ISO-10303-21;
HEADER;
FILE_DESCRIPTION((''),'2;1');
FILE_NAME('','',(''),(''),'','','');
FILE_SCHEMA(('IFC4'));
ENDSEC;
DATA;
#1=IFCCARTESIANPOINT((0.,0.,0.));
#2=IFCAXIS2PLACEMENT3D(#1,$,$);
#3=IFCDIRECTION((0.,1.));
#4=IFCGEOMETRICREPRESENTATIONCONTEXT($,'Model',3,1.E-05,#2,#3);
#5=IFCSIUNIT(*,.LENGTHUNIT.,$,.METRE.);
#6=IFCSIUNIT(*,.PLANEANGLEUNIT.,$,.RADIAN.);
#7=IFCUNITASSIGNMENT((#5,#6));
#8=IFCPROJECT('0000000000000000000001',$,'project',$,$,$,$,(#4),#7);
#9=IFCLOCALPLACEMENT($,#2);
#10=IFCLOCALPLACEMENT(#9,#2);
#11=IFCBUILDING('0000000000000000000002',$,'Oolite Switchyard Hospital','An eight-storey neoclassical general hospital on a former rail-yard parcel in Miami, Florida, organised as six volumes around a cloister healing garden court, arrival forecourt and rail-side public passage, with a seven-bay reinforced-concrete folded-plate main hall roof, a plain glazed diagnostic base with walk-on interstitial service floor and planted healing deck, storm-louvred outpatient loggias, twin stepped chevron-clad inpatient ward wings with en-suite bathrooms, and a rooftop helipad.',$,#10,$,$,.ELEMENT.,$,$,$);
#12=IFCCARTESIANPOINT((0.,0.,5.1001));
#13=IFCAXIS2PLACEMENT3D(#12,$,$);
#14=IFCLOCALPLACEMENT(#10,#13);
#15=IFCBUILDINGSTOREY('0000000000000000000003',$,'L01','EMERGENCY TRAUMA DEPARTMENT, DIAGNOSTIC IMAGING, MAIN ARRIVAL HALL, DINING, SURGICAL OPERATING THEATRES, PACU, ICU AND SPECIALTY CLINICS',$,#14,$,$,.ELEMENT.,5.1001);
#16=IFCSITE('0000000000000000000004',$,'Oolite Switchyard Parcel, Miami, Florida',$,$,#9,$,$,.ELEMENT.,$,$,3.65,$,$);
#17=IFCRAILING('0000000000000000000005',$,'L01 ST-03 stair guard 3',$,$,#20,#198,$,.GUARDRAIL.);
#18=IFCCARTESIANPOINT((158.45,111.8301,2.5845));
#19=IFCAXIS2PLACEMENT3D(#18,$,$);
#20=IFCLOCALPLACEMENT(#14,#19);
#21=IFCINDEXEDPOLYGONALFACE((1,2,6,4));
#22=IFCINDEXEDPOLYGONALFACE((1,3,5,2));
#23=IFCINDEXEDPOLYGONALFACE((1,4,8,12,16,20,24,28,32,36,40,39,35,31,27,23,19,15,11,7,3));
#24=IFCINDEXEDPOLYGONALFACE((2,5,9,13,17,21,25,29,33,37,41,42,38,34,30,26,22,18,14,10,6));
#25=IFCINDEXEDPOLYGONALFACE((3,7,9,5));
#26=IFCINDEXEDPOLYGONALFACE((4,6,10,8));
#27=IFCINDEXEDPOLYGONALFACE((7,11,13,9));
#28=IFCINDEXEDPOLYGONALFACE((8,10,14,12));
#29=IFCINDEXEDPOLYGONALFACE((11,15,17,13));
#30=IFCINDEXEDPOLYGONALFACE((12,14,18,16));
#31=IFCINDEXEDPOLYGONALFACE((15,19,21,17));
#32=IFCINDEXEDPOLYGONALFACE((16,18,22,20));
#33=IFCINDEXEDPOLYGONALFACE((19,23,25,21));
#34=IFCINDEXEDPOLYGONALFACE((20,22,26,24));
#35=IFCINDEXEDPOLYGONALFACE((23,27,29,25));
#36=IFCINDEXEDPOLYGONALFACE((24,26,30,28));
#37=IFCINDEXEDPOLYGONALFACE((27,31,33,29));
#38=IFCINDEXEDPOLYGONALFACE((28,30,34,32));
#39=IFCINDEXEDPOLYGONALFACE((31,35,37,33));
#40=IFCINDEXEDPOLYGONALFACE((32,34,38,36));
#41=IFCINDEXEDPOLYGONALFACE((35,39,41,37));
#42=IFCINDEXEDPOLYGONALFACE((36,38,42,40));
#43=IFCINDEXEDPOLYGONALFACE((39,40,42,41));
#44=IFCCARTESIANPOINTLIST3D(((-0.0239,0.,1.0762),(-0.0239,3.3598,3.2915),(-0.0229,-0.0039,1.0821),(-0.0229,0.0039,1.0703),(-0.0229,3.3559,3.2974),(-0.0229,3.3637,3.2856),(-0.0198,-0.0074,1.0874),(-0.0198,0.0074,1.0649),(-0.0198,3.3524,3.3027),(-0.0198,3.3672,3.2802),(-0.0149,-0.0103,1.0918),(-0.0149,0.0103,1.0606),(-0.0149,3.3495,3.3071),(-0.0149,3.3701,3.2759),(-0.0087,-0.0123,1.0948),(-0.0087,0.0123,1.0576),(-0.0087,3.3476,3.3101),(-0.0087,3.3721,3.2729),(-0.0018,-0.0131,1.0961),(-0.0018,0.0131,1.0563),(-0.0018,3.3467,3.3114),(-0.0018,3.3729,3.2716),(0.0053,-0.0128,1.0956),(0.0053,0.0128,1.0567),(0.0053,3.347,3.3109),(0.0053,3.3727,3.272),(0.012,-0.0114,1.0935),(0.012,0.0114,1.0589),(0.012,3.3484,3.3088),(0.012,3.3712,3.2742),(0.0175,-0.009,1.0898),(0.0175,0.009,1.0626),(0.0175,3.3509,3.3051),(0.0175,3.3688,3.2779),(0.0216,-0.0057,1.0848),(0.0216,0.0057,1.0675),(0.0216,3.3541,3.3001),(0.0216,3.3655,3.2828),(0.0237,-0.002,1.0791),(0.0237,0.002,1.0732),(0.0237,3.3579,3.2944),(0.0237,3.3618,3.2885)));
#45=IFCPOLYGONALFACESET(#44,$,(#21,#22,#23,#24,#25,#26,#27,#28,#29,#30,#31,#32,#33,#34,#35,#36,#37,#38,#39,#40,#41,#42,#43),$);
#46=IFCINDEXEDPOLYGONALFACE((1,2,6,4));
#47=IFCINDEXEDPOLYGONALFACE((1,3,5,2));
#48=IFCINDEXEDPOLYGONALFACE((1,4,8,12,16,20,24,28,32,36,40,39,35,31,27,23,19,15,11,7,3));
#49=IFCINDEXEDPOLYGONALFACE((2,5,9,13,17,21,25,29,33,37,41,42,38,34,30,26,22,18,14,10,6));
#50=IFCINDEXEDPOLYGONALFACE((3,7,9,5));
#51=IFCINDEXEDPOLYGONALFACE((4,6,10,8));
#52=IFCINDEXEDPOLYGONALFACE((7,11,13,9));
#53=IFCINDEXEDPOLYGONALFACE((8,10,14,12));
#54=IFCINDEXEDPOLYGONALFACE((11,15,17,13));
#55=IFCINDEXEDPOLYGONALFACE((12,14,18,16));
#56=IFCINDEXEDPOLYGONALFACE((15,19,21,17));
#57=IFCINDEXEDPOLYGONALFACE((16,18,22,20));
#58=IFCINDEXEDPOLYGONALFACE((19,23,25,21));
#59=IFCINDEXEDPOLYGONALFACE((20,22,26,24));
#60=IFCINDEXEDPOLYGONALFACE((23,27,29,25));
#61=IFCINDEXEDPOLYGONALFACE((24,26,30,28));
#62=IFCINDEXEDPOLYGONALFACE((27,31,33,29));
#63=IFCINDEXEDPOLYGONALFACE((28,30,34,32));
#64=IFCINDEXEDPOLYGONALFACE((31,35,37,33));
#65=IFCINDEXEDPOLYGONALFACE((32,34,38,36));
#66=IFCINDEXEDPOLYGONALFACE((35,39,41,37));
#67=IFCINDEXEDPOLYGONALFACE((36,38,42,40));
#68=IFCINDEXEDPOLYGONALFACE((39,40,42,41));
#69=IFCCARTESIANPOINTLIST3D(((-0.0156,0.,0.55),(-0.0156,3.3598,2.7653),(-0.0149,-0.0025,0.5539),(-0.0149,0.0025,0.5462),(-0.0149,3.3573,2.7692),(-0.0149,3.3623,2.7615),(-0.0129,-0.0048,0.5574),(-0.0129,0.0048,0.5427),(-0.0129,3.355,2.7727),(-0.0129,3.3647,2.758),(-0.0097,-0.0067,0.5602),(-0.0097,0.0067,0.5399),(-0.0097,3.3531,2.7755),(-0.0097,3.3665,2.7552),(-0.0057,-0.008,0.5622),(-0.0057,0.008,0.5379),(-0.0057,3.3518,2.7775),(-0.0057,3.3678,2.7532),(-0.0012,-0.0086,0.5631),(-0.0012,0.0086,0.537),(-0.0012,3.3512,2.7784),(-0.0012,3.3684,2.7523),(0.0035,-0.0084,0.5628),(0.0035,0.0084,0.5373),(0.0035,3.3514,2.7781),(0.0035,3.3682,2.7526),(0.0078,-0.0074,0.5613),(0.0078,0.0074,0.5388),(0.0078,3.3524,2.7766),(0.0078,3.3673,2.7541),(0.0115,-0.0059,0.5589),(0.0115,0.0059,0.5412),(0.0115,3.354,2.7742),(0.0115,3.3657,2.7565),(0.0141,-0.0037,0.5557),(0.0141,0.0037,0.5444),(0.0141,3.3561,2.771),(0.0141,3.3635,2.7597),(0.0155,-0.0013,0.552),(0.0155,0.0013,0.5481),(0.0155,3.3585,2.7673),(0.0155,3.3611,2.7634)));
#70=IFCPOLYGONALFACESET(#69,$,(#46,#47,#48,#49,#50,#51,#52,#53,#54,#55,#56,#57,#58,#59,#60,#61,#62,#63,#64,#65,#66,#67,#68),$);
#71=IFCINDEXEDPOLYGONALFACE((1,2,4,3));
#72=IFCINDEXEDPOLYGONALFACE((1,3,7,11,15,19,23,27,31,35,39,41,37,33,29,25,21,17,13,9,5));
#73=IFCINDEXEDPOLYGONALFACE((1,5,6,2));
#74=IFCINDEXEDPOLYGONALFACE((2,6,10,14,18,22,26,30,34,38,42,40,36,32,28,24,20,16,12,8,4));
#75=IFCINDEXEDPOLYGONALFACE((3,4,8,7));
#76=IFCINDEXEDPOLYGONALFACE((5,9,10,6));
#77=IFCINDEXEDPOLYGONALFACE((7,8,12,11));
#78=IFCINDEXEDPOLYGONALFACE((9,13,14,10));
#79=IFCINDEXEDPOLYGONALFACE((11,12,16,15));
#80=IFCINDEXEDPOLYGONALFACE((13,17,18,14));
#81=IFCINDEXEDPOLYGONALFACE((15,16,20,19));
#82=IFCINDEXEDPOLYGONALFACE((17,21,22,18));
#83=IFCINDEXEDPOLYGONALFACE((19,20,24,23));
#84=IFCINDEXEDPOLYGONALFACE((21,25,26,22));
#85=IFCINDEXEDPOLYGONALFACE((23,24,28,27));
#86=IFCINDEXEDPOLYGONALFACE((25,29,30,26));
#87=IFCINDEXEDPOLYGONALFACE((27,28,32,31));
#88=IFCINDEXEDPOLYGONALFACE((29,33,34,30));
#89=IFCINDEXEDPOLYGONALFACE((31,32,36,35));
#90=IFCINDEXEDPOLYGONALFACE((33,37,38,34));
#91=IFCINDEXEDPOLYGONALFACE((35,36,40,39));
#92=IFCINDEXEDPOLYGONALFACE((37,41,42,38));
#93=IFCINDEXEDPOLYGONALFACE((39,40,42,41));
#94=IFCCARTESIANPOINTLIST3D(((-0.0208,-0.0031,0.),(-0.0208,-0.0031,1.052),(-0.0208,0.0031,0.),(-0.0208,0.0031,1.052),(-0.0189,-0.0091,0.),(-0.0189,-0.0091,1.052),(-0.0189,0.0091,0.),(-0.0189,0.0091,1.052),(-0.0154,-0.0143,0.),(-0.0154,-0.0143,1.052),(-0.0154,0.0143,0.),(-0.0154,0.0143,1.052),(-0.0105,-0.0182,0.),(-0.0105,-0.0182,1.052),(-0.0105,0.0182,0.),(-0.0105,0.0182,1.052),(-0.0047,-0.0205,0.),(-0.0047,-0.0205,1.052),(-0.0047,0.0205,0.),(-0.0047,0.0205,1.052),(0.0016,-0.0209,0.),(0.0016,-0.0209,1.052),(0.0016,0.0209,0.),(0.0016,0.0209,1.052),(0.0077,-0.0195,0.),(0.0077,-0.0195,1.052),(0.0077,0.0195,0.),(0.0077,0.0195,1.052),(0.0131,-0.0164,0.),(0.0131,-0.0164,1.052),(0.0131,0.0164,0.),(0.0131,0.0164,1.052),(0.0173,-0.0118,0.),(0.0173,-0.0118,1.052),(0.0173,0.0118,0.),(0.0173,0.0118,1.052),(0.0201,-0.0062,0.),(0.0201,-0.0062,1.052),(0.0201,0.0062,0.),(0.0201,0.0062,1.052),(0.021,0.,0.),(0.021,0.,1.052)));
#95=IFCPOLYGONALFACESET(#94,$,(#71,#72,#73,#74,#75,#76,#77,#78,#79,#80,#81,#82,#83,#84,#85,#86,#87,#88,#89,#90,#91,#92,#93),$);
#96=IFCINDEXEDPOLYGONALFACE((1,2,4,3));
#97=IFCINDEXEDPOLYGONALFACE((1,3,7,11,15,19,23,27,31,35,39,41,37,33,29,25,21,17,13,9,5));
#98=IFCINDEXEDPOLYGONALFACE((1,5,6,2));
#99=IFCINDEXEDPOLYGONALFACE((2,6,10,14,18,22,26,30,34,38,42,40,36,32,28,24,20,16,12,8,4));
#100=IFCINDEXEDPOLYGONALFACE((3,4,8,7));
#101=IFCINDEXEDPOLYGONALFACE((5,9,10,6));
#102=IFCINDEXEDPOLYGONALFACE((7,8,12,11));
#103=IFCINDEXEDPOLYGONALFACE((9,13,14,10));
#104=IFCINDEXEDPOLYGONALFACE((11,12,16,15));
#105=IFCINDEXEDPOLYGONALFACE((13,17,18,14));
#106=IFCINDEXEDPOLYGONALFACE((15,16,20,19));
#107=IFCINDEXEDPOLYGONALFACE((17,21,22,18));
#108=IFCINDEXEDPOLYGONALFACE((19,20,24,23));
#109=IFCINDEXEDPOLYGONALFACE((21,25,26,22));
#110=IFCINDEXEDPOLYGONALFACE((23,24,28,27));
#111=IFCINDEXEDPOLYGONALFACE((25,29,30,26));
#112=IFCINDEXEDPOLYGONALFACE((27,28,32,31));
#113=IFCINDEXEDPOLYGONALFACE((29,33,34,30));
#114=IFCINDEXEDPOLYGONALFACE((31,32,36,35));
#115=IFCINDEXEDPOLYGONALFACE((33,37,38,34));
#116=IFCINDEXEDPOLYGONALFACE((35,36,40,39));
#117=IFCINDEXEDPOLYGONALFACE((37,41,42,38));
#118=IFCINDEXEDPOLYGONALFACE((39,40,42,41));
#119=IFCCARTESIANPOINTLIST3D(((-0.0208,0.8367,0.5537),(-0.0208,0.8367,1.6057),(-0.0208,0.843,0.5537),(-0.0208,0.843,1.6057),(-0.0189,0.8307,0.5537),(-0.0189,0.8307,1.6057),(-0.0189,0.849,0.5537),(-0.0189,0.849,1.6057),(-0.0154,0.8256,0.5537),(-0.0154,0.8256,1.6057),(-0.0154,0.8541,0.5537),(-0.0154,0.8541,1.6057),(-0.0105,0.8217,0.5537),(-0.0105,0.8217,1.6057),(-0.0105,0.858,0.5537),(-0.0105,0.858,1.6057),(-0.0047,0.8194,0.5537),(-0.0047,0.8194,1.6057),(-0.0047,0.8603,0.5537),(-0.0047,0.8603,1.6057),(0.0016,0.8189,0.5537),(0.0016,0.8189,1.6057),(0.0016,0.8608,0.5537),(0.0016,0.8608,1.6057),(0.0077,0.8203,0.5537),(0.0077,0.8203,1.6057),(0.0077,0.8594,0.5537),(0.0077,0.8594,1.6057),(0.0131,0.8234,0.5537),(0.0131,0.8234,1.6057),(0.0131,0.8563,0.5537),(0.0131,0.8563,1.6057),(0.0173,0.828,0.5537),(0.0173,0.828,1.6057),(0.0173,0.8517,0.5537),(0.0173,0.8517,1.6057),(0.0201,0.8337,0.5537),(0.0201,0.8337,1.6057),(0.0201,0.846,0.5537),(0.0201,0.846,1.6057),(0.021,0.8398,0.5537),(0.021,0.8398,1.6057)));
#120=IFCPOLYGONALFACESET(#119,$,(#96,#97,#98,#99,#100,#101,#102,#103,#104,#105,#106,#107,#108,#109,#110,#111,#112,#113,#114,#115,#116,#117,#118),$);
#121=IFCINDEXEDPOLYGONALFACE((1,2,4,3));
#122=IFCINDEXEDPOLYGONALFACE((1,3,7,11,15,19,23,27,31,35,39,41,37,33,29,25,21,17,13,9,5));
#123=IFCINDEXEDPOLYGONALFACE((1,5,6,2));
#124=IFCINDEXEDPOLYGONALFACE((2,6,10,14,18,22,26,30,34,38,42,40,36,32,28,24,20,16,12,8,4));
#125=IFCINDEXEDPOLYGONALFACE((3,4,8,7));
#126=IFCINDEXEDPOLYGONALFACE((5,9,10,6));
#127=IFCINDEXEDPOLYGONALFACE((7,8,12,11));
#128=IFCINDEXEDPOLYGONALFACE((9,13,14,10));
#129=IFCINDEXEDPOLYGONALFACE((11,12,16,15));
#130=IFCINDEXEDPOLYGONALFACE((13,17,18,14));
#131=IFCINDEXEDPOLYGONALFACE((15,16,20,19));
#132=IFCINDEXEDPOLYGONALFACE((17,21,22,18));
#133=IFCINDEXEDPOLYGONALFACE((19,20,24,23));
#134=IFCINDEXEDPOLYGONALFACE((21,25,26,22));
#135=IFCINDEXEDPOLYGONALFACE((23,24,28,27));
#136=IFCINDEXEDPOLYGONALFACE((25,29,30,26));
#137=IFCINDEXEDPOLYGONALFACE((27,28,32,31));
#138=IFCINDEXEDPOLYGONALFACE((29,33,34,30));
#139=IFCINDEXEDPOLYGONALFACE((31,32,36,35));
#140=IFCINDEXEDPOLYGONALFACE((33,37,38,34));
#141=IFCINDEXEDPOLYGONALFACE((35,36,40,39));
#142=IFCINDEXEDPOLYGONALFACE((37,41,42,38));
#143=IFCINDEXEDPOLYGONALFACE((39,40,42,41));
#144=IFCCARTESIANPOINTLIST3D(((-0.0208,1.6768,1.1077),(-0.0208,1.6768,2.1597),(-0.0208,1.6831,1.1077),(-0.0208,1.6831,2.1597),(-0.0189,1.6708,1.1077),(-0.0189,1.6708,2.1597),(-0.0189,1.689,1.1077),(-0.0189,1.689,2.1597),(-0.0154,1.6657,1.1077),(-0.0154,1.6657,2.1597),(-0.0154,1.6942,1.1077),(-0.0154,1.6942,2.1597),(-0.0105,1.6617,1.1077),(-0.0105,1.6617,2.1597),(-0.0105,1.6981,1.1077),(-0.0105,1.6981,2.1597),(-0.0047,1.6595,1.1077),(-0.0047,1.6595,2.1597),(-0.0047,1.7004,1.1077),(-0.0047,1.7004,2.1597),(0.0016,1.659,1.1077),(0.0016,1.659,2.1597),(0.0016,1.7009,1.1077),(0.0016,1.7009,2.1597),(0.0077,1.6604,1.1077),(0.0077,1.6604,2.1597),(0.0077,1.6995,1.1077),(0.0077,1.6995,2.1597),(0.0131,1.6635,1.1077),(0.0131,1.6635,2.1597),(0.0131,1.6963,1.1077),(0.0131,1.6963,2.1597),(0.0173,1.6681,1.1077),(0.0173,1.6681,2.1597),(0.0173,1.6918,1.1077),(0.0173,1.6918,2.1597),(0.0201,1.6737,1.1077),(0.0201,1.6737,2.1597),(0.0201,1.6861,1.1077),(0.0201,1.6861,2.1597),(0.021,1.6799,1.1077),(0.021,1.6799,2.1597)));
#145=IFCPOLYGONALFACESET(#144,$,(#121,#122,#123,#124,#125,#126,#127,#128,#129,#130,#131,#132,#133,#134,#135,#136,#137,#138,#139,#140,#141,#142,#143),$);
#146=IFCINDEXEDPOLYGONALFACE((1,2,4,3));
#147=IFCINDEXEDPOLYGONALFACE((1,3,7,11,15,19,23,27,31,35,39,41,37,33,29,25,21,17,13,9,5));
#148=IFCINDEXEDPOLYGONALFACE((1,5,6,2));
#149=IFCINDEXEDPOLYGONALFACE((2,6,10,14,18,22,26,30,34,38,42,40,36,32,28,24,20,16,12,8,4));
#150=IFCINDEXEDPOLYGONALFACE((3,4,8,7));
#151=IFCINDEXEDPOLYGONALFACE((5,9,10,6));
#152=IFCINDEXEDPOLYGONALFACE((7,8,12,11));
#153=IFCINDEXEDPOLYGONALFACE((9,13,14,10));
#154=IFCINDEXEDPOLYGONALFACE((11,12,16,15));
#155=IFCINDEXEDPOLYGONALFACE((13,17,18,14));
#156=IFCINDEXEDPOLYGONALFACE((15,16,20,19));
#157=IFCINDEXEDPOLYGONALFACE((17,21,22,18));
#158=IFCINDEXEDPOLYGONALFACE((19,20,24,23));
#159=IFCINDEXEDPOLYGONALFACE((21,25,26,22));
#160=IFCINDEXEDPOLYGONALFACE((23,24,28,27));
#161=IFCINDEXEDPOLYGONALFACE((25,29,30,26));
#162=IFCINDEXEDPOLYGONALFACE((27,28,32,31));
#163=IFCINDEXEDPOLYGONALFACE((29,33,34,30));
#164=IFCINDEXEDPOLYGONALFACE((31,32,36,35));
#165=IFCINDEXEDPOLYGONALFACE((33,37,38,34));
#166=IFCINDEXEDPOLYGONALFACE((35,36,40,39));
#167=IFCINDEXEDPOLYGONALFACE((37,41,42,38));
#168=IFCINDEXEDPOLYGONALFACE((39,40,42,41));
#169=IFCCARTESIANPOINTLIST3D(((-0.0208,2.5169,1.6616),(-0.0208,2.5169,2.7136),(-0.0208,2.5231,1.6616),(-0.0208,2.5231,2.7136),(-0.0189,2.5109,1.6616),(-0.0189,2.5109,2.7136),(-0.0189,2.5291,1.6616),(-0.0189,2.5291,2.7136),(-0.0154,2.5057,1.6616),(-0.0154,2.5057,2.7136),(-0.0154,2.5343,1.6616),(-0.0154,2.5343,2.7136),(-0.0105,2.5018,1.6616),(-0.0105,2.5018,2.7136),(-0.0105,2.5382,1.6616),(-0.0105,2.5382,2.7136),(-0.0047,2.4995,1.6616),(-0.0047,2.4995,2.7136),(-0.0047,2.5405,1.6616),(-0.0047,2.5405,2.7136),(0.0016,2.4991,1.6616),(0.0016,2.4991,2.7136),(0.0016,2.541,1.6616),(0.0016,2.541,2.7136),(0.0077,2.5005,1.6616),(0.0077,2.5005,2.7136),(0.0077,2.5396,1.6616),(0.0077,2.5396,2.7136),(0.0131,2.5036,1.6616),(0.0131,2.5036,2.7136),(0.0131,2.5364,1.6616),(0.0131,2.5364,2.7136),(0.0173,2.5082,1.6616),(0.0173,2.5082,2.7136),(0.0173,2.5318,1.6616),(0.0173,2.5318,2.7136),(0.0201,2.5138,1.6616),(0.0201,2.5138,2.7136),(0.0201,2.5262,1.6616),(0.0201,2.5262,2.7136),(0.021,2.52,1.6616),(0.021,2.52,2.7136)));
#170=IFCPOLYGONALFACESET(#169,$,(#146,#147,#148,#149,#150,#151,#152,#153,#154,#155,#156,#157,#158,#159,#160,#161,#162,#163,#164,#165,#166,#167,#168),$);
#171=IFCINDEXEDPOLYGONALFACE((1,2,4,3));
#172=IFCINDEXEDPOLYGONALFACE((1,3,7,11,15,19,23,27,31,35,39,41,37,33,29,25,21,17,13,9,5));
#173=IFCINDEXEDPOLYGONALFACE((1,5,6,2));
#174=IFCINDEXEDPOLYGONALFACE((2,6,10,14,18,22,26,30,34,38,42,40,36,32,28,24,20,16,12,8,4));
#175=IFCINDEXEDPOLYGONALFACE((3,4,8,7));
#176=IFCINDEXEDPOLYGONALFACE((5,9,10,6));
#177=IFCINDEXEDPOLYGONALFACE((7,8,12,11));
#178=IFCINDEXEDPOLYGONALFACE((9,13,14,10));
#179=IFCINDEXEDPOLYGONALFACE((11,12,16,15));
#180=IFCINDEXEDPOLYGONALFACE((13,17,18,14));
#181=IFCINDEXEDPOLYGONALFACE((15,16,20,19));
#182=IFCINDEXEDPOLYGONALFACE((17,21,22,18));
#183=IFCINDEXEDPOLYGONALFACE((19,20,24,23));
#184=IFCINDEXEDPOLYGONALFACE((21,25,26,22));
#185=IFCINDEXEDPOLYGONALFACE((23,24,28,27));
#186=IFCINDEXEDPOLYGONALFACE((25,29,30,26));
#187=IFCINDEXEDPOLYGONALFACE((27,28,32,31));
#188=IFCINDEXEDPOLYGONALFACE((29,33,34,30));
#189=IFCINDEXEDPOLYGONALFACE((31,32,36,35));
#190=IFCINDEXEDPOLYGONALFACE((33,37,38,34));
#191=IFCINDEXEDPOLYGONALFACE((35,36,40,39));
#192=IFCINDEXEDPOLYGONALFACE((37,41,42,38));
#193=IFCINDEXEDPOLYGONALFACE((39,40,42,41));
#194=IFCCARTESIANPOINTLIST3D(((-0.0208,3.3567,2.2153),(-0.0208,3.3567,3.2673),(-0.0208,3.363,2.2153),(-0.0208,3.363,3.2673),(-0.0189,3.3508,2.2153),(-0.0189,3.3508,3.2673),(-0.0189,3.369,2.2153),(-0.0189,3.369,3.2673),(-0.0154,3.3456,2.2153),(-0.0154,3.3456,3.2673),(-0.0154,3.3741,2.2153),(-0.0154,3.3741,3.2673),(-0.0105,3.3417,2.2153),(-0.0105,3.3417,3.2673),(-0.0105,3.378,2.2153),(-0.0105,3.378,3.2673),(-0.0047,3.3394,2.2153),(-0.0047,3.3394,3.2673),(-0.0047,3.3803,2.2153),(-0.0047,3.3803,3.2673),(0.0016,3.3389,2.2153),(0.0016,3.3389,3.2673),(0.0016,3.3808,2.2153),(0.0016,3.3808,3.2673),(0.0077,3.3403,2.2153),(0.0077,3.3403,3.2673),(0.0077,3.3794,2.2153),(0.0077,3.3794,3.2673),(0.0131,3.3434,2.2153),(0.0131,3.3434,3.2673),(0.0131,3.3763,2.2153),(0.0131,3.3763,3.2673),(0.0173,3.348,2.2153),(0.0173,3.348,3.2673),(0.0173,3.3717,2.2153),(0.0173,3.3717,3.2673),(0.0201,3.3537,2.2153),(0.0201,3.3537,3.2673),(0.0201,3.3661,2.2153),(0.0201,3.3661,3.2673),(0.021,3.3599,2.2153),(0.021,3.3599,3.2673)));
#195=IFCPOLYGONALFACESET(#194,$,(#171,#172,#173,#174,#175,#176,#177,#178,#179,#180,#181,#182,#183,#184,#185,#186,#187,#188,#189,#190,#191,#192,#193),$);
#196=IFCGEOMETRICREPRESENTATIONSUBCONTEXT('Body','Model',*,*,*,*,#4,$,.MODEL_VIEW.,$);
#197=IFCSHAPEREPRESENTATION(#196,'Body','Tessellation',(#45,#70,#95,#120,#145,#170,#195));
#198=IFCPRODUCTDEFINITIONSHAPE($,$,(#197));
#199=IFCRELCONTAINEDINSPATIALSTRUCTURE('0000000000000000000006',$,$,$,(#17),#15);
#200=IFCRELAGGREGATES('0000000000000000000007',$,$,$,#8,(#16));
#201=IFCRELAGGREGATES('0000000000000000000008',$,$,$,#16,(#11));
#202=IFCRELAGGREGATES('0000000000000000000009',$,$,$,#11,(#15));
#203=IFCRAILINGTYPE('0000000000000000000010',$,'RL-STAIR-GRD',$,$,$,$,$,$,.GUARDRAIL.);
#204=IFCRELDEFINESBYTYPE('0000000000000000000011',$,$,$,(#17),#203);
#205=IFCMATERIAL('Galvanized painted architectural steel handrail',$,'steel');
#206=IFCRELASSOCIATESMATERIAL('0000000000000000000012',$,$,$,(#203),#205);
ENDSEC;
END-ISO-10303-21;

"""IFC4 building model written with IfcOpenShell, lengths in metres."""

from ifc_helpers import new_model, si_unit, direction, frame, origin, origin_2d, place, context, subcontext, project, spatial, circle, extrude, material, type_object, element, save


model = new_model("IFC4")

# Units and contexts
model_context = context("Model", 3, precision=1e-05, world=origin(), true_north=direction((0.0, 1.0)))
body_context = subcontext(model_context, "Body", "Model", "MODEL_VIEW")
ifc_project = project(units=[si_unit("LENGTHUNIT", "METRE"), si_unit("PLANEANGLEUNIT", "RADIAN")], contexts=[model_context])

# Site, building, storey
site_placement = place(None, origin())
site = spatial("IfcSite", under=ifc_project, at=site_placement, Name="Oolite Switchyard Parcel, Miami, Florida", CompositionType="ELEMENT", RefElevation=3.65)
building_placement = place(site_placement, origin())
building = spatial("IfcBuilding", under=site, at=building_placement, Name="Oolite Switchyard Hospital", Description="An eight-storey neoclassical general hospital on a former rail-yard parcel in Miami, Florida, organised as six volumes around a cloister healing garden court, arrival forecourt and rail-side public passage, with a seven-bay reinforced-concrete folded-plate main hall roof, a plain glazed diagnostic base with walk-on interstitial service floor and planted healing deck, storm-louvred outpatient loggias, twin stepped chevron-clad inpatient ward wings with en-suite bathrooms, and a rooftop helipad.", CompositionType="ELEMENT")
storey_placement = place(building_placement, frame((0.0, 0.0, 5.1001)))
storey = spatial("IfcBuildingStorey", under=building, at=storey_placement, Name="L01", Description="EMERGENCY TRAUMA DEPARTMENT, DIAGNOSTIC IMAGING, MAIN ARRIVAL HALL, DINING, SURGICAL OPERATING THEATRES, PACU, ICU AND SPECIALTY CLINICS", CompositionType="ELEMENT", Elevation=5.1001)

# Railing
ifc_material_1 = material(Name="Galvanized painted architectural steel handrail", Category="steel")
railing_type_1 = type_object("IfcRailingType", Name="RL-STAIR-GRD", PredefinedType="GUARDRAIL", material=ifc_material_1)
railing_1_placement = place(storey_placement, frame((158.45, 111.8301, 2.5845)))
element("IfcRailing", 1, at=railing_1_placement, inside=storey, type_object=railing_type_1, Name="L01 ST-03 stair guard 3", PredefinedType="GUARDRAIL", context=body_context, shape_type="SweptSolid", body=[
    extrude(circle(Radius=0.0239, at=origin_2d()), frame((0.0, 0.0, 1.0762), z_axis=(0.0, 0.834858, 0.550465), x_axis=(-1.0, 0.0, 0.0)), (0.0, 0.0, 1.0), 4.0244),
    extrude(circle(Radius=0.0156, at=origin_2d()), frame((0.0, 0.0, 0.55), z_axis=(0.0, 0.834858, 0.550465), x_axis=(-1.0, 0.0, 0.0)), (0.0, 0.0, 1.0), 4.0244),
    extrude(circle(Radius=0.021, at=origin_2d()), origin(), (0.0, 0.0, 1.0), 1.052),
    extrude(circle(Radius=0.021, at=origin_2d()), frame((0.0, 0.8398, 0.5537)), (0.0, 0.0, 1.0), 1.052),
    extrude(circle(Radius=0.021, at=origin_2d()), frame((0.0, 1.6799, 1.1077)), (0.0, 0.0, 1.0), 1.052),
    extrude(circle(Radius=0.021, at=origin_2d()), frame((0.0, 2.52, 1.6616)), (0.0, 0.0, 1.0), 1.052),
    extrude(circle(Radius=0.021, at=origin_2d()), frame((0.0, 3.3599, 2.2153)), (0.0, 0.0, 1.0), 1.052),
])

save(model, "model.ifc")
